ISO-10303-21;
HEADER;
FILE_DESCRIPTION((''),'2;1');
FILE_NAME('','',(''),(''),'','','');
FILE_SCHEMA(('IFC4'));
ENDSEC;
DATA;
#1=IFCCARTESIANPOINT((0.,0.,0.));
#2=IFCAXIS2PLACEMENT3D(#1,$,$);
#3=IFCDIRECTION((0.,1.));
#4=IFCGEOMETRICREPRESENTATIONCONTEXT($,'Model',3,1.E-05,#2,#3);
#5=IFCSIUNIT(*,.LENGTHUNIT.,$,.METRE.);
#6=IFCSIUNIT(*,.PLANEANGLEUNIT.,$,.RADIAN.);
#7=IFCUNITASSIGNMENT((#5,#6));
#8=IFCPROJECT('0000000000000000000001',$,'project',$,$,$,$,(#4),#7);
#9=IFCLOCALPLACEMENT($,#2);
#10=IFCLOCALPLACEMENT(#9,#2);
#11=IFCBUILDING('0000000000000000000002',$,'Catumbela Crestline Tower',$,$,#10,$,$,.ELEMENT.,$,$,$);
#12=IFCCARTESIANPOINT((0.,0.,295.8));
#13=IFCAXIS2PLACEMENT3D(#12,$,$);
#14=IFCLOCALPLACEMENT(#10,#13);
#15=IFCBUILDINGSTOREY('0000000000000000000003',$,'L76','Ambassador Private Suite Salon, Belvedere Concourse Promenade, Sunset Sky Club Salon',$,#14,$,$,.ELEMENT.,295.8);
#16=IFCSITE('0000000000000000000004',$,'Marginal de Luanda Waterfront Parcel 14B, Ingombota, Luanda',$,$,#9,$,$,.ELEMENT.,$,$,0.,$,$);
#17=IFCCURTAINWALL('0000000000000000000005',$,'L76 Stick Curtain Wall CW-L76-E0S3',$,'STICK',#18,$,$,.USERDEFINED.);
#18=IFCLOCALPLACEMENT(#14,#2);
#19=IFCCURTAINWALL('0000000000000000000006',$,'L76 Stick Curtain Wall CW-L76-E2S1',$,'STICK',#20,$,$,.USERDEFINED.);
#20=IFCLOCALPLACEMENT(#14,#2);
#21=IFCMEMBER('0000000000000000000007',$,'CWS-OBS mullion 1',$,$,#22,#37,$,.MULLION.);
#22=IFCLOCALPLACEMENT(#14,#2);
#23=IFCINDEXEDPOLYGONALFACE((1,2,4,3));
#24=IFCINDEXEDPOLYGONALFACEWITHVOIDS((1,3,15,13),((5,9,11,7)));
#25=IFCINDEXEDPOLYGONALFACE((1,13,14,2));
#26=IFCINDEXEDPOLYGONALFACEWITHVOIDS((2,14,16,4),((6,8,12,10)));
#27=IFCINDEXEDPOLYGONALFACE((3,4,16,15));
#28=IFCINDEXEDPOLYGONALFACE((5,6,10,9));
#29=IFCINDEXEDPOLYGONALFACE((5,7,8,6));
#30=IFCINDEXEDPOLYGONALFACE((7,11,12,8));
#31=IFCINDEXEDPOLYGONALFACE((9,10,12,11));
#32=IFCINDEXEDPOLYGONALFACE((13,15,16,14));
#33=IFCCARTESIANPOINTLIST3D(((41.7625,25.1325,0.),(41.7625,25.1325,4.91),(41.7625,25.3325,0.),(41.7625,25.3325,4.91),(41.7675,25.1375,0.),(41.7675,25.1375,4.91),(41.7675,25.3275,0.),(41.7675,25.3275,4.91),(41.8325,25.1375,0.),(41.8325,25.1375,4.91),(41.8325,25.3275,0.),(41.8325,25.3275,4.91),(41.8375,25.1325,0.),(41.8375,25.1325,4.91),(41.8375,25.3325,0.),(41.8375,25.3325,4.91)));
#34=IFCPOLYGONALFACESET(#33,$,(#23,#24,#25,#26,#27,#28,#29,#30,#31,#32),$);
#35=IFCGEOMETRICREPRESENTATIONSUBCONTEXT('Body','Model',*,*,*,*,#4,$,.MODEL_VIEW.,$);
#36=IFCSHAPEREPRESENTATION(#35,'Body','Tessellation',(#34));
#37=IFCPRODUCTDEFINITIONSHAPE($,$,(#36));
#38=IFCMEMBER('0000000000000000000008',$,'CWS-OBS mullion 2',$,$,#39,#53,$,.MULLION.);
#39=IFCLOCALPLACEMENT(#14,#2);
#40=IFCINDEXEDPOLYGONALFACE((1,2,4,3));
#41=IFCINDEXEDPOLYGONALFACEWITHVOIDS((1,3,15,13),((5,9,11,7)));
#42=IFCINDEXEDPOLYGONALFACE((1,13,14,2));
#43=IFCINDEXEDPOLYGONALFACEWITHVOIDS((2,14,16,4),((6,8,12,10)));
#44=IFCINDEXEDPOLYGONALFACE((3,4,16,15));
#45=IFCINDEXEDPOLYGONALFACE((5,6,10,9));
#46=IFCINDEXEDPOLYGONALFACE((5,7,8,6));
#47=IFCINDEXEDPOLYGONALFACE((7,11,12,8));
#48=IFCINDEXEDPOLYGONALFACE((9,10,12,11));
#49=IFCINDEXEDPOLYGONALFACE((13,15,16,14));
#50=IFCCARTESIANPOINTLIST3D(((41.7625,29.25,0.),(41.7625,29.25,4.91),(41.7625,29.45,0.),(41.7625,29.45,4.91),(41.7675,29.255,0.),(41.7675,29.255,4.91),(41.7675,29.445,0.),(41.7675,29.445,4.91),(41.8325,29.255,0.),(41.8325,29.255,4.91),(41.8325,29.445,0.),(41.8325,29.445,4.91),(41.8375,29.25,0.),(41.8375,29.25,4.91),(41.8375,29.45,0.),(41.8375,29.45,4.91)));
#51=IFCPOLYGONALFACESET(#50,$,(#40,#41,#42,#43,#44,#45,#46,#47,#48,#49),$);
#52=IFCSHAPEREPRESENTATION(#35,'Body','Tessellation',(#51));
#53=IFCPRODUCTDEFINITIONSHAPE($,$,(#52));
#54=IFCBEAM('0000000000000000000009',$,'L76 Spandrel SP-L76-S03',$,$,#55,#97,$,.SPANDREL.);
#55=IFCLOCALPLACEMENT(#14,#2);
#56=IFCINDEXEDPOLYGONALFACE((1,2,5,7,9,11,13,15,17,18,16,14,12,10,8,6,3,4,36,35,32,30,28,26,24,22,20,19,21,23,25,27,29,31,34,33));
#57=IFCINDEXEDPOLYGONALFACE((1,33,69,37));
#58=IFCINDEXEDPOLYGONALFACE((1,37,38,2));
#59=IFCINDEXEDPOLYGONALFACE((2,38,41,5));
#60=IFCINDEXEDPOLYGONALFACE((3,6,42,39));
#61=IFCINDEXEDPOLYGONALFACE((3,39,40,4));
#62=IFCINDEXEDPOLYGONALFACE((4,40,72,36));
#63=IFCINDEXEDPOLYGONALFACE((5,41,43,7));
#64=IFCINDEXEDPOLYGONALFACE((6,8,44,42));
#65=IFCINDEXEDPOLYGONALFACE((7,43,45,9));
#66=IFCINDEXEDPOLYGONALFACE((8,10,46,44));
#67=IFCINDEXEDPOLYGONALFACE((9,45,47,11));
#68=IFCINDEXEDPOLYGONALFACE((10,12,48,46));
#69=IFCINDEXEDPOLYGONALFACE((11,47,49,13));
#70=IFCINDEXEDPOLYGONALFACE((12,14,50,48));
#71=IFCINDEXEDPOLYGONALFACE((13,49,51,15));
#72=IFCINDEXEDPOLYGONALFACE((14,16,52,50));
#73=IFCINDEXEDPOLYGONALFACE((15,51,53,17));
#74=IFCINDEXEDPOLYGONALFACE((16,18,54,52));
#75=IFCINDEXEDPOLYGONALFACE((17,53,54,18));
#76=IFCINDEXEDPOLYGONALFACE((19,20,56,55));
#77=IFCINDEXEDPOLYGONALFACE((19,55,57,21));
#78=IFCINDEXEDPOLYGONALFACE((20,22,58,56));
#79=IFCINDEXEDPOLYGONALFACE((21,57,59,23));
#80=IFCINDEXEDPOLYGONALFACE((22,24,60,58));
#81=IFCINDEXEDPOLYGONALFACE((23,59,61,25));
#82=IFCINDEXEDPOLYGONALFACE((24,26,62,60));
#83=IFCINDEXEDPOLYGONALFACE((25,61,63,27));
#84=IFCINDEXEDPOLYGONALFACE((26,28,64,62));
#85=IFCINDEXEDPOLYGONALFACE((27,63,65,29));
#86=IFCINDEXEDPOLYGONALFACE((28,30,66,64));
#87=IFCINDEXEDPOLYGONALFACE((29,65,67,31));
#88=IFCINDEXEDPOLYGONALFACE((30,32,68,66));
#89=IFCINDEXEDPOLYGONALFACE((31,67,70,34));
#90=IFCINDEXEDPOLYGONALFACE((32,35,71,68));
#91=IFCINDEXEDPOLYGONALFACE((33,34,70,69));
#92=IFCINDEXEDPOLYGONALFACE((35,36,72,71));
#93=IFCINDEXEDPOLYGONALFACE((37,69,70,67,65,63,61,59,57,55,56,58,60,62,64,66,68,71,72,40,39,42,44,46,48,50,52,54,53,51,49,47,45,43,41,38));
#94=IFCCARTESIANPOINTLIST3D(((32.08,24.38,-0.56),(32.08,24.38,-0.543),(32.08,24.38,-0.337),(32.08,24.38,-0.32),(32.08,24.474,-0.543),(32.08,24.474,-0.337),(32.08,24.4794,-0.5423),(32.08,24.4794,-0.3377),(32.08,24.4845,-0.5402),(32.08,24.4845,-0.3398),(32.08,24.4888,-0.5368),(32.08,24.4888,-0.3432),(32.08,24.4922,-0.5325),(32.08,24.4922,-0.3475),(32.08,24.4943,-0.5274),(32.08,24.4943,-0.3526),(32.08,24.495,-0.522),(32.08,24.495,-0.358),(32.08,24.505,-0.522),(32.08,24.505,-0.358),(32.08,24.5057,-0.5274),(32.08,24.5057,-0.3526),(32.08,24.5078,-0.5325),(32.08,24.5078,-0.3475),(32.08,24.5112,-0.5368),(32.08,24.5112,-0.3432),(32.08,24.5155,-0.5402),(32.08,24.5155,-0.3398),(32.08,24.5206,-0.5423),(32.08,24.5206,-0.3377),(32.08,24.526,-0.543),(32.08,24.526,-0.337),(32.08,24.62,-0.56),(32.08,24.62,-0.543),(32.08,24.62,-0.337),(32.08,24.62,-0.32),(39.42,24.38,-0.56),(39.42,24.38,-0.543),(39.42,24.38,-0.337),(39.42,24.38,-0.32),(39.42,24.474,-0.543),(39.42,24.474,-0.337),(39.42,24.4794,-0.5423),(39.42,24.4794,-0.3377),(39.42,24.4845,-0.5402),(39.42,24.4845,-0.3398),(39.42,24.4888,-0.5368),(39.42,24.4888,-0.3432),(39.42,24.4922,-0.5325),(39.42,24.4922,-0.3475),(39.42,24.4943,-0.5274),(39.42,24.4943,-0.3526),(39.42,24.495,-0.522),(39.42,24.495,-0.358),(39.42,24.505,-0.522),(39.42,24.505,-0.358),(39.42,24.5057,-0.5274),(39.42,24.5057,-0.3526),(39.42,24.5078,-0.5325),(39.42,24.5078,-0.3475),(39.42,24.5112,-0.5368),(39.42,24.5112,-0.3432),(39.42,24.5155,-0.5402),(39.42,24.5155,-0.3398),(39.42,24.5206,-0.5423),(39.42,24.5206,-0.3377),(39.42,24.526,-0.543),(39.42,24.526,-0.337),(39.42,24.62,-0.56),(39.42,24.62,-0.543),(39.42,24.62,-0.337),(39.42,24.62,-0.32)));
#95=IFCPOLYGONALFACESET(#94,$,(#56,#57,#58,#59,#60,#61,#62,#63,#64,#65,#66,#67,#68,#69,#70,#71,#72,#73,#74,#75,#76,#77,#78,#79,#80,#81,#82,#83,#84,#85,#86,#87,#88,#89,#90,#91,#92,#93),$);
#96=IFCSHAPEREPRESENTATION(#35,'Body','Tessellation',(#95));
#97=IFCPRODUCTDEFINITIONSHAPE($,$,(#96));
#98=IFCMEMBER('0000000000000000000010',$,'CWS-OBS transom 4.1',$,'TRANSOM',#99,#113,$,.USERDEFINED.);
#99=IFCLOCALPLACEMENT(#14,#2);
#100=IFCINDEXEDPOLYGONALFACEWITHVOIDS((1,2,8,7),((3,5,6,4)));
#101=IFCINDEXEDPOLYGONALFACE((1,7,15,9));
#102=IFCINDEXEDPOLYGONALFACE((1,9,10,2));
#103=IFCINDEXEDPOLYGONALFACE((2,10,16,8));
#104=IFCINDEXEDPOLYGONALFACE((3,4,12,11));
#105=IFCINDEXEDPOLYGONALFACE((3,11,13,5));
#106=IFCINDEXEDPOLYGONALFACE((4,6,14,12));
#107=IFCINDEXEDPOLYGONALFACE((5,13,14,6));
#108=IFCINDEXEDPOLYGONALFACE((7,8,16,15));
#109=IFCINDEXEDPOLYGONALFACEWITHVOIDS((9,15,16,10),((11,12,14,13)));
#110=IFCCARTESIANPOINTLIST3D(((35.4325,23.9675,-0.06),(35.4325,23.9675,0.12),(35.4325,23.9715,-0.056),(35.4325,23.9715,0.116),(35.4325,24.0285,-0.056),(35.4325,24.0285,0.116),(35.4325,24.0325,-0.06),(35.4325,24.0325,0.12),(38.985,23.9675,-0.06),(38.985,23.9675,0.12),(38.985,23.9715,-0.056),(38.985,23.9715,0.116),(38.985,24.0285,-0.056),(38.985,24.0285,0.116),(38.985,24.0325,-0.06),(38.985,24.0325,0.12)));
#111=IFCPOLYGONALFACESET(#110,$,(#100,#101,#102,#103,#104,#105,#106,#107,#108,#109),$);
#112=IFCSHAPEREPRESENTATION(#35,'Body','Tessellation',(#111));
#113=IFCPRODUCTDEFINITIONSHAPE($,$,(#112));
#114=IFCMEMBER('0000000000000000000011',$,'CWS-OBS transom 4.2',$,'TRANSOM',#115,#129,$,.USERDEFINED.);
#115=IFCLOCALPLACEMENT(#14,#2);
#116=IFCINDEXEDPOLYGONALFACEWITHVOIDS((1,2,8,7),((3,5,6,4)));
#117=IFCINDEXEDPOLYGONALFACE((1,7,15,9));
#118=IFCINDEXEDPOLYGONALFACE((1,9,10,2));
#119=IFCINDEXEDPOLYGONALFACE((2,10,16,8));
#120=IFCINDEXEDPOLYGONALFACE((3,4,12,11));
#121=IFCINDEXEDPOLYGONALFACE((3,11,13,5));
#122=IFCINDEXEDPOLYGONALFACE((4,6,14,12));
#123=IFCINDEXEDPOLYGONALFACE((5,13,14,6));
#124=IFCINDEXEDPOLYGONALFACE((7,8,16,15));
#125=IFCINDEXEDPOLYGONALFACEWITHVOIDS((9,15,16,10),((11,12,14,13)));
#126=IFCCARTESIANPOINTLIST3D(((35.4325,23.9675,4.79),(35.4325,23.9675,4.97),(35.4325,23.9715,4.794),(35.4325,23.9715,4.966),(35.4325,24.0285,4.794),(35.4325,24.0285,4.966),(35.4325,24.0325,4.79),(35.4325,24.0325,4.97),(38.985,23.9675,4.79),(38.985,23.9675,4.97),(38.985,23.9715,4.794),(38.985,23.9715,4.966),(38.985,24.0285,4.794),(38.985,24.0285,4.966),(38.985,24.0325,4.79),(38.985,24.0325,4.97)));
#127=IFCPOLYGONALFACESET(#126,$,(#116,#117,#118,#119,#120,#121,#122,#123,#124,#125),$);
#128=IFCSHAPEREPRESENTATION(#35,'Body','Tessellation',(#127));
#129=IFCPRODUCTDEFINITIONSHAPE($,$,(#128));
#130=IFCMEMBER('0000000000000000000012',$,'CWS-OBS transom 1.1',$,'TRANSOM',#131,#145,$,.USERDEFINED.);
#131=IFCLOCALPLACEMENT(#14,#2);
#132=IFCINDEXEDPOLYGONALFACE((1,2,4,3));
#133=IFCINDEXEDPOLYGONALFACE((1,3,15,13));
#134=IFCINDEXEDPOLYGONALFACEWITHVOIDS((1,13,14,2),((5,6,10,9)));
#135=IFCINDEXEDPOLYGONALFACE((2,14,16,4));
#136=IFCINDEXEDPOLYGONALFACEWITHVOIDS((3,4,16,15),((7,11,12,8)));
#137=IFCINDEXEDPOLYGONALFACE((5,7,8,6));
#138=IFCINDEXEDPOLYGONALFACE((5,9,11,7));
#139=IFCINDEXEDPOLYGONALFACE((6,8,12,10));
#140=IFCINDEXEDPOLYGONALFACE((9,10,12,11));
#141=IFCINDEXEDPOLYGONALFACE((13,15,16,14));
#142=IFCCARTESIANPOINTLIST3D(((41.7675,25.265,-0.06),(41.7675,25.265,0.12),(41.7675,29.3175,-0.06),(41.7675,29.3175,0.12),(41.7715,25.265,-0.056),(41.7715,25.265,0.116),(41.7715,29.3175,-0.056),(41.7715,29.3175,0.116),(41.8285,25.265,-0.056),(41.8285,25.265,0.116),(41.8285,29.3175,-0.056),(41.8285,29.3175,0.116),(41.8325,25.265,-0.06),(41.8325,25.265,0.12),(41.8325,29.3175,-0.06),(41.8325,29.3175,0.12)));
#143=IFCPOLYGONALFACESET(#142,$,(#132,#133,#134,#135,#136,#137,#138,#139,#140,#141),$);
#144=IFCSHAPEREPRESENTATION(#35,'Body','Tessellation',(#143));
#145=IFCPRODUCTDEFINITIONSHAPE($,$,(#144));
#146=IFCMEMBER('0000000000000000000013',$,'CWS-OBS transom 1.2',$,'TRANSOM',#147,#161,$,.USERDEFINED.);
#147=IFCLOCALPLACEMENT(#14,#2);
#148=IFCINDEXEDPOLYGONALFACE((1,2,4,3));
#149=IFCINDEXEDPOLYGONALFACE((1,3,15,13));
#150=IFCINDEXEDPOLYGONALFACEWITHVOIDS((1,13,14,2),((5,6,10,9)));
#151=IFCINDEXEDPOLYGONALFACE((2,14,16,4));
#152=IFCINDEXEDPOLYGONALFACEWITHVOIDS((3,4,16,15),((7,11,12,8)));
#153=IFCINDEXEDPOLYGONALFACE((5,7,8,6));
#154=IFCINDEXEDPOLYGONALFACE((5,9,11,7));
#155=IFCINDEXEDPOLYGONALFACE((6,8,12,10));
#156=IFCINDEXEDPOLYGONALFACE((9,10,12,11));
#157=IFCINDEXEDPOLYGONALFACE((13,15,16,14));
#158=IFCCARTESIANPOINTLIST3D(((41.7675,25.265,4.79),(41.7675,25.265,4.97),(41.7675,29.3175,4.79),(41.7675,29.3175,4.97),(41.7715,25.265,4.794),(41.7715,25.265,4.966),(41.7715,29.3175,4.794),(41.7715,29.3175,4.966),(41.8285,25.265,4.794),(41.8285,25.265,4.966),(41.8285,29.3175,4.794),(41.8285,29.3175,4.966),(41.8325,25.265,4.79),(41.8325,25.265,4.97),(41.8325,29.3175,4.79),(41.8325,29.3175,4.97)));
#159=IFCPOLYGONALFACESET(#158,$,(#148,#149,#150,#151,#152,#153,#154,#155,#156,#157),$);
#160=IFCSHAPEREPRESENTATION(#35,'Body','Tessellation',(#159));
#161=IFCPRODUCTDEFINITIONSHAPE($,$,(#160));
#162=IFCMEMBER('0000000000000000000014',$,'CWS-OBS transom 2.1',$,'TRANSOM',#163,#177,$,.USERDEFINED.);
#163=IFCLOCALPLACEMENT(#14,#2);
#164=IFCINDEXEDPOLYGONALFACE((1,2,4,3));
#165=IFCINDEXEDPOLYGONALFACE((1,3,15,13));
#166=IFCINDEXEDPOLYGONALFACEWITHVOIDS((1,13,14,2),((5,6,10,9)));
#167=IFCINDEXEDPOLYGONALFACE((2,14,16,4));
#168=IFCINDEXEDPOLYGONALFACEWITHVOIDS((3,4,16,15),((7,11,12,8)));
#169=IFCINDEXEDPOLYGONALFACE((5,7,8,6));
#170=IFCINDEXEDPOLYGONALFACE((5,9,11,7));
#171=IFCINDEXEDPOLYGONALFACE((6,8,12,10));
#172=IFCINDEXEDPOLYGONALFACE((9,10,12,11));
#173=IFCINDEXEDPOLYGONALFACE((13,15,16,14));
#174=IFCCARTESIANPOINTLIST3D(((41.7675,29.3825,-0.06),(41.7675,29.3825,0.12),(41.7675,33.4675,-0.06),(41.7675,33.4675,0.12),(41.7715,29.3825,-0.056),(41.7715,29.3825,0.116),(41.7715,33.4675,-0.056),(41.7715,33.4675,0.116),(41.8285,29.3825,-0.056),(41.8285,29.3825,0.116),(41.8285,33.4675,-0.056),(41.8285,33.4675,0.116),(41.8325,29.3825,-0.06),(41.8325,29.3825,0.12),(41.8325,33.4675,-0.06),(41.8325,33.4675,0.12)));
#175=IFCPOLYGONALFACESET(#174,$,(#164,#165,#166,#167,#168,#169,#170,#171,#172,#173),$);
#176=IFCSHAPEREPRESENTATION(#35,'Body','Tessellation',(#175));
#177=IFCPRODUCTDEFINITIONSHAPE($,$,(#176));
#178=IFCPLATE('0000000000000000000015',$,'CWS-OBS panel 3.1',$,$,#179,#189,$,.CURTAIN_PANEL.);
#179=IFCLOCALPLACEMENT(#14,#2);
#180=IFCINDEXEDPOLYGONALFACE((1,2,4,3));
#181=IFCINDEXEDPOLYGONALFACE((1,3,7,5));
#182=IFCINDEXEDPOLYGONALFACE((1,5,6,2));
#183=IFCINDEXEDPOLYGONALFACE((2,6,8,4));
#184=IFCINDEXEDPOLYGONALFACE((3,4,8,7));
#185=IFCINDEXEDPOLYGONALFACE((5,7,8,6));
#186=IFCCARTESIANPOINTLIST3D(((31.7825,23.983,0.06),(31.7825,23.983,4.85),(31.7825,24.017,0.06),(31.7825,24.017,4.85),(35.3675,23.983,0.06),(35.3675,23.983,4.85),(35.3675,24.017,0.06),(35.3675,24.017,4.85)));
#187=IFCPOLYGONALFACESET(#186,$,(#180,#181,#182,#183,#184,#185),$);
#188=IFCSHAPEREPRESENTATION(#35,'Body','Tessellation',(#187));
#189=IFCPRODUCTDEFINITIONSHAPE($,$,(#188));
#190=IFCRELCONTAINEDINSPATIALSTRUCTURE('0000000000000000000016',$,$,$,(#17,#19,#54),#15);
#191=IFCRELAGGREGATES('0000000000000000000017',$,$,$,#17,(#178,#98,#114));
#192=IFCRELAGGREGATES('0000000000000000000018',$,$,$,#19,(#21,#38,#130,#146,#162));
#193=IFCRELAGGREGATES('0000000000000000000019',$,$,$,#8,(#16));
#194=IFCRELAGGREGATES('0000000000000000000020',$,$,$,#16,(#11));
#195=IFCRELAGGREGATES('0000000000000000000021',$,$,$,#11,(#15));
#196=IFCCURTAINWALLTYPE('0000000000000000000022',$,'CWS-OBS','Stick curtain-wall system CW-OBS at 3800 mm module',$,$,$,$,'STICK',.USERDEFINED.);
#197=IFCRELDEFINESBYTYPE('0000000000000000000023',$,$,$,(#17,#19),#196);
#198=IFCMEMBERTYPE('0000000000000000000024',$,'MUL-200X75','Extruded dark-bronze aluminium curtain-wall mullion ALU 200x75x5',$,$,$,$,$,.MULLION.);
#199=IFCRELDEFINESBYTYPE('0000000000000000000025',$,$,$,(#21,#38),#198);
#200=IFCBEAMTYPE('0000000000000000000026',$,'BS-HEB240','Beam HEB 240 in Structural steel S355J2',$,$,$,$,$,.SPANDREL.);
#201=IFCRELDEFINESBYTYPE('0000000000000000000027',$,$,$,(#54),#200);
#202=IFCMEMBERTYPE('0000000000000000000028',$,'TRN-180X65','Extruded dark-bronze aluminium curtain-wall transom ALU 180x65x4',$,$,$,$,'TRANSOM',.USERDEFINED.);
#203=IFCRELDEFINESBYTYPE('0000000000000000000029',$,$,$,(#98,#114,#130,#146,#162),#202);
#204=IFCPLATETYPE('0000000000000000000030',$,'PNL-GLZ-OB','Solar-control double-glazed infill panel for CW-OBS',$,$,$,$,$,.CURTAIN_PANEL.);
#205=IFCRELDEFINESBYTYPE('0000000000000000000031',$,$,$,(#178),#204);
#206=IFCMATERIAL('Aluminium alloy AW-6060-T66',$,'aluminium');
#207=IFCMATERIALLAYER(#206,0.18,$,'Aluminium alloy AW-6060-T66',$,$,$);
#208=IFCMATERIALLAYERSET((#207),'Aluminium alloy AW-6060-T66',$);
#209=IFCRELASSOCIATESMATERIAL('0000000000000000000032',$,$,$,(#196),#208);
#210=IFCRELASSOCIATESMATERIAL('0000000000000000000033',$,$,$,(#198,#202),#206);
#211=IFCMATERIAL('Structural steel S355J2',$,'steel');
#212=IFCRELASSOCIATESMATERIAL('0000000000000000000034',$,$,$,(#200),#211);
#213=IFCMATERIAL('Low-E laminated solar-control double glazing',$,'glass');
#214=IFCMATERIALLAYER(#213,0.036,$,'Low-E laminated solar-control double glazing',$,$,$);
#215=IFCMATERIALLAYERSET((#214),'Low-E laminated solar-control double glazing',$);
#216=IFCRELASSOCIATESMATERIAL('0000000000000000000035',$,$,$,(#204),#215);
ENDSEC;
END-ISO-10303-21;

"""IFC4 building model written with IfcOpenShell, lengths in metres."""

from ifc_helpers import new_model, si_unit, direction, frame, origin, origin_2d, place, context, subcontext, project, spatial, rectangle, hollow_rectangle, i_section, extrude, material, layer, layer_set, material_profile, profile_set, type_object, element, aggregate, save


model = new_model("IFC4")

# Units and contexts
model_context = context("Model", 3, precision=1e-05, world=origin(), true_north=direction((0.0, 1.0)))
body_context = subcontext(model_context, "Body", "Model", "MODEL_VIEW")
ifc_project = project(units=[si_unit("LENGTHUNIT", "METRE"), si_unit("PLANEANGLEUNIT", "RADIAN")], contexts=[model_context])

# Site, building, storey
site_placement = place(None, origin())
site = spatial("IfcSite", under=ifc_project, at=site_placement, Name="Marginal de Luanda Waterfront Parcel 14B, Ingombota, Luanda", CompositionType="ELEMENT", RefElevation=0.0)
building_placement = place(site_placement, origin())
building = spatial("IfcBuilding", under=site, at=building_placement, Name="Catumbela Crestline Tower", CompositionType="ELEMENT")
storey_placement = place(building_placement, frame((0.0, 0.0, 295.8)))
storey = spatial("IfcBuildingStorey", under=building, at=storey_placement, Name="L76", Description="Ambassador Private Suite Salon, Belvedere Concourse Promenade, Sunset Sky Club Salon", CompositionType="ELEMENT", Elevation=295.8)

# Shared definitions
ifc_material_1 = material(Name="Structural steel S355J2", Category="steel")

# Curtain walls, members
ifc_material_2 = material(Name="Aluminium alloy AW-6060-T66", Category="aluminium")
ifc_layer_1 = layer(ifc_material_2, 0.18, Name="Aluminium alloy AW-6060-T66")
ifc_layer_set_1 = layer_set([ifc_layer_1], Name="Aluminium alloy AW-6060-T66")
curtain_wall_type = type_object("IfcCurtainWallType", Name="CWS-OBS", Description="Stick curtain-wall system CW-OBS at 3800 mm module", ElementType="STICK", PredefinedType="USERDEFINED", material=ifc_layer_set_1)
curtain_wall_1_placement = place(storey_placement, origin())
curtain_wall_1 = element("IfcCurtainWall", 1, at=curtain_wall_1_placement, inside=storey, type_object=curtain_wall_type, Name="L76 Stick Curtain Wall CW-L76-E0S3", ObjectType="STICK", PredefinedType="USERDEFINED")
ifc_material_profile_1 = material_profile(ifc_material_2, hollow_rectangle(XDim=0.075, YDim=0.2, WallThickness=0.005, at=origin_2d()), Name="ALU 200x75x5")
ifc_profile_set_1 = profile_set([ifc_material_profile_1], Name="Aluminium alloy AW-6060-T66")
member_type_1 = type_object("IfcMemberType", Name="MUL-200X75", Description="Extruded dark-bronze aluminium curtain-wall mullion ALU 200x75x5", PredefinedType="MULLION", material=ifc_profile_set_1)
curtain_wall_2_placement = place(storey_placement, origin())
curtain_wall_2 = element("IfcCurtainWall", 2, at=curtain_wall_2_placement, inside=storey, type_object=curtain_wall_type, Name="L76 Stick Curtain Wall CW-L76-E2S1", ObjectType="STICK", PredefinedType="USERDEFINED")
member_1_placement = place(storey_placement, frame((41.8, 25.2325, 0.0), z_axis=(0.0, 0.0, 1.0), x_axis=(-1.0, 0.0, 0.0)))
member_1 = element("IfcMember", 3, at=member_1_placement, type_object=member_type_1, Name="CWS-OBS mullion 1", PredefinedType="MULLION", context=body_context, shape_type="SweptSolid", body=[
    extrude(hollow_rectangle(XDim=0.075, YDim=0.2, WallThickness=0.005, at=origin_2d()), origin(), (0.0, 0.0, 1.0), 4.91),
])
member_2_placement = place(storey_placement, frame((41.8, 29.35, 0.0), z_axis=(0.0, 0.0, 1.0), x_axis=(-1.0, 0.0, 0.0)))
member_2 = element("IfcMember", 4, at=member_2_placement, type_object=member_type_1, Name="CWS-OBS mullion 2", PredefinedType="MULLION", context=body_context, shape_type="SweptSolid", body=[
    extrude(hollow_rectangle(XDim=0.075, YDim=0.2, WallThickness=0.005, at=origin_2d()), origin(), (0.0, 0.0, 1.0), 4.91),
])

# Beam
ifc_material_profile_2 = material_profile(ifc_material_1, i_section(OverallWidth=0.24, OverallDepth=0.24, WebThickness=0.01, FlangeThickness=0.017, FilletRadius=0.021, at=origin_2d()), Name="HEB 240")
ifc_profile_set_2 = profile_set([ifc_material_profile_2], Name="Structural steel S355J2")
beam_type_1 = type_object("IfcBeamType", Name="BS-HEB240", Description="Beam HEB 240 in Structural steel S355J2", PredefinedType="SPANDREL", material=ifc_profile_set_2)
beam_1_placement = place(storey_placement, frame((32.08, 24.5, -0.44), z_axis=(1.0, 0.0, 0.0), x_axis=(0.0, 1.0, 0.0)))
element("IfcBeam", 5, at=beam_1_placement, inside=storey, type_object=beam_type_1, Name="L76 Spandrel SP-L76-S03", PredefinedType="SPANDREL", context=body_context, shape_type="SweptSolid", body=[
    extrude(i_section(OverallWidth=0.24, OverallDepth=0.24, WebThickness=0.01, FlangeThickness=0.017, FilletRadius=0.021, at=origin_2d()), origin(), (0.0, 0.0, 1.0), 7.34),
])

# Members
ifc_material_profile_3 = material_profile(ifc_material_2, hollow_rectangle(XDim=0.065, YDim=0.18, WallThickness=0.004, at=origin_2d()), Name="ALU 180x65x4")
ifc_profile_set_3 = profile_set([ifc_material_profile_3], Name="Aluminium alloy AW-6060-T66")
member_type_2 = type_object("IfcMemberType", Name="TRN-180X65", Description="Extruded dark-bronze aluminium curtain-wall transom ALU 180x65x4", ElementType="TRANSOM", PredefinedType="USERDEFINED", material=ifc_profile_set_3)
member_3_placement = place(storey_placement, frame((35.4325, 24.0, 0.03), z_axis=(1.0, 0.0, 0.0), x_axis=(0.0, 1.0, 0.0)))
member_3 = element("IfcMember", 6, at=member_3_placement, type_object=member_type_2, Name="CWS-OBS transom 4.1", ObjectType="TRANSOM", PredefinedType="USERDEFINED", context=body_context, shape_type="SweptSolid", body=[
    extrude(hollow_rectangle(XDim=0.065, YDim=0.18, WallThickness=0.004, at=origin_2d()), origin(), (0.0, 0.0, 1.0), 3.5525),
])
member_4_placement = place(storey_placement, frame((35.4325, 24.0, 4.88), z_axis=(1.0, 0.0, 0.0), x_axis=(0.0, 1.0, 0.0)))
member_4 = element("IfcMember", 7, at=member_4_placement, type_object=member_type_2, Name="CWS-OBS transom 4.2", ObjectType="TRANSOM", PredefinedType="USERDEFINED", context=body_context, shape_type="SweptSolid", body=[
    extrude(hollow_rectangle(XDim=0.065, YDim=0.18, WallThickness=0.004, at=origin_2d()), origin(), (0.0, 0.0, 1.0), 3.5525),
])
member_5_placement = place(storey_placement, frame((41.8, 25.265, 0.03), z_axis=(0.0, 1.0, 0.0), x_axis=(-1.0, 0.0, 0.0)))
member_5 = element("IfcMember", 8, at=member_5_placement, type_object=member_type_2, Name="CWS-OBS transom 1.1", ObjectType="TRANSOM", PredefinedType="USERDEFINED", context=body_context, shape_type="SweptSolid", body=[
    extrude(hollow_rectangle(XDim=0.065, YDim=0.18, WallThickness=0.004, at=origin_2d()), origin(), (0.0, 0.0, 1.0), 4.0525),
])
member_6_placement = place(storey_placement, frame((41.8, 25.265, 4.88), z_axis=(0.0, 1.0, 0.0), x_axis=(-1.0, 0.0, 0.0)))
member_6 = element("IfcMember", 9, at=member_6_placement, type_object=member_type_2, Name="CWS-OBS transom 1.2", ObjectType="TRANSOM", PredefinedType="USERDEFINED", context=body_context, shape_type="SweptSolid", body=[
    extrude(hollow_rectangle(XDim=0.065, YDim=0.18, WallThickness=0.004, at=origin_2d()), origin(), (0.0, 0.0, 1.0), 4.0525),
])
member_7_placement = place(storey_placement, frame((41.8, 29.3825, 0.03), z_axis=(0.0, 1.0, 0.0), x_axis=(-1.0, 0.0, 0.0)))
member_7 = element("IfcMember", 10, at=member_7_placement, type_object=member_type_2, Name="CWS-OBS transom 2.1", ObjectType="TRANSOM", PredefinedType="USERDEFINED", context=body_context, shape_type="SweptSolid", body=[
    extrude(hollow_rectangle(XDim=0.065, YDim=0.18, WallThickness=0.004, at=origin_2d()), origin(), (0.0, 0.0, 1.0), 4.085),
])

# Plate
ifc_material_3 = material(Name="Low-E laminated solar-control double glazing", Category="glass")
ifc_layer_2 = layer(ifc_material_3, 0.036, Name="Low-E laminated solar-control double glazing")
ifc_layer_set_2 = layer_set([ifc_layer_2], Name="Low-E laminated solar-control double glazing")
plate_type = type_object("IfcPlateType", Name="PNL-GLZ-OB", Description="Solar-control double-glazed infill panel for CW-OBS", PredefinedType="CURTAIN_PANEL", material=ifc_layer_set_2)
plate_1_placement = place(storey_placement, frame((33.575, 24.0, 0.06), z_axis=(0.0, 0.0, 1.0), x_axis=(1.0, 0.0, 0.0)))
plate_1 = element("IfcPlate", 11, at=plate_1_placement, type_object=plate_type, Name="CWS-OBS panel 3.1", PredefinedType="CURTAIN_PANEL", context=body_context, shape_type="SweptSolid", body=[
    extrude(rectangle(XDim=3.585, YDim=0.034, at=origin_2d()), origin(), (0.0, 0.0, 1.0), 4.79),
])
aggregate(curtain_wall_1, [plate_1, member_3, member_4])
aggregate(curtain_wall_2, [member_1, member_2, member_5, member_6, member_7])

save(model, "model.ifc")
